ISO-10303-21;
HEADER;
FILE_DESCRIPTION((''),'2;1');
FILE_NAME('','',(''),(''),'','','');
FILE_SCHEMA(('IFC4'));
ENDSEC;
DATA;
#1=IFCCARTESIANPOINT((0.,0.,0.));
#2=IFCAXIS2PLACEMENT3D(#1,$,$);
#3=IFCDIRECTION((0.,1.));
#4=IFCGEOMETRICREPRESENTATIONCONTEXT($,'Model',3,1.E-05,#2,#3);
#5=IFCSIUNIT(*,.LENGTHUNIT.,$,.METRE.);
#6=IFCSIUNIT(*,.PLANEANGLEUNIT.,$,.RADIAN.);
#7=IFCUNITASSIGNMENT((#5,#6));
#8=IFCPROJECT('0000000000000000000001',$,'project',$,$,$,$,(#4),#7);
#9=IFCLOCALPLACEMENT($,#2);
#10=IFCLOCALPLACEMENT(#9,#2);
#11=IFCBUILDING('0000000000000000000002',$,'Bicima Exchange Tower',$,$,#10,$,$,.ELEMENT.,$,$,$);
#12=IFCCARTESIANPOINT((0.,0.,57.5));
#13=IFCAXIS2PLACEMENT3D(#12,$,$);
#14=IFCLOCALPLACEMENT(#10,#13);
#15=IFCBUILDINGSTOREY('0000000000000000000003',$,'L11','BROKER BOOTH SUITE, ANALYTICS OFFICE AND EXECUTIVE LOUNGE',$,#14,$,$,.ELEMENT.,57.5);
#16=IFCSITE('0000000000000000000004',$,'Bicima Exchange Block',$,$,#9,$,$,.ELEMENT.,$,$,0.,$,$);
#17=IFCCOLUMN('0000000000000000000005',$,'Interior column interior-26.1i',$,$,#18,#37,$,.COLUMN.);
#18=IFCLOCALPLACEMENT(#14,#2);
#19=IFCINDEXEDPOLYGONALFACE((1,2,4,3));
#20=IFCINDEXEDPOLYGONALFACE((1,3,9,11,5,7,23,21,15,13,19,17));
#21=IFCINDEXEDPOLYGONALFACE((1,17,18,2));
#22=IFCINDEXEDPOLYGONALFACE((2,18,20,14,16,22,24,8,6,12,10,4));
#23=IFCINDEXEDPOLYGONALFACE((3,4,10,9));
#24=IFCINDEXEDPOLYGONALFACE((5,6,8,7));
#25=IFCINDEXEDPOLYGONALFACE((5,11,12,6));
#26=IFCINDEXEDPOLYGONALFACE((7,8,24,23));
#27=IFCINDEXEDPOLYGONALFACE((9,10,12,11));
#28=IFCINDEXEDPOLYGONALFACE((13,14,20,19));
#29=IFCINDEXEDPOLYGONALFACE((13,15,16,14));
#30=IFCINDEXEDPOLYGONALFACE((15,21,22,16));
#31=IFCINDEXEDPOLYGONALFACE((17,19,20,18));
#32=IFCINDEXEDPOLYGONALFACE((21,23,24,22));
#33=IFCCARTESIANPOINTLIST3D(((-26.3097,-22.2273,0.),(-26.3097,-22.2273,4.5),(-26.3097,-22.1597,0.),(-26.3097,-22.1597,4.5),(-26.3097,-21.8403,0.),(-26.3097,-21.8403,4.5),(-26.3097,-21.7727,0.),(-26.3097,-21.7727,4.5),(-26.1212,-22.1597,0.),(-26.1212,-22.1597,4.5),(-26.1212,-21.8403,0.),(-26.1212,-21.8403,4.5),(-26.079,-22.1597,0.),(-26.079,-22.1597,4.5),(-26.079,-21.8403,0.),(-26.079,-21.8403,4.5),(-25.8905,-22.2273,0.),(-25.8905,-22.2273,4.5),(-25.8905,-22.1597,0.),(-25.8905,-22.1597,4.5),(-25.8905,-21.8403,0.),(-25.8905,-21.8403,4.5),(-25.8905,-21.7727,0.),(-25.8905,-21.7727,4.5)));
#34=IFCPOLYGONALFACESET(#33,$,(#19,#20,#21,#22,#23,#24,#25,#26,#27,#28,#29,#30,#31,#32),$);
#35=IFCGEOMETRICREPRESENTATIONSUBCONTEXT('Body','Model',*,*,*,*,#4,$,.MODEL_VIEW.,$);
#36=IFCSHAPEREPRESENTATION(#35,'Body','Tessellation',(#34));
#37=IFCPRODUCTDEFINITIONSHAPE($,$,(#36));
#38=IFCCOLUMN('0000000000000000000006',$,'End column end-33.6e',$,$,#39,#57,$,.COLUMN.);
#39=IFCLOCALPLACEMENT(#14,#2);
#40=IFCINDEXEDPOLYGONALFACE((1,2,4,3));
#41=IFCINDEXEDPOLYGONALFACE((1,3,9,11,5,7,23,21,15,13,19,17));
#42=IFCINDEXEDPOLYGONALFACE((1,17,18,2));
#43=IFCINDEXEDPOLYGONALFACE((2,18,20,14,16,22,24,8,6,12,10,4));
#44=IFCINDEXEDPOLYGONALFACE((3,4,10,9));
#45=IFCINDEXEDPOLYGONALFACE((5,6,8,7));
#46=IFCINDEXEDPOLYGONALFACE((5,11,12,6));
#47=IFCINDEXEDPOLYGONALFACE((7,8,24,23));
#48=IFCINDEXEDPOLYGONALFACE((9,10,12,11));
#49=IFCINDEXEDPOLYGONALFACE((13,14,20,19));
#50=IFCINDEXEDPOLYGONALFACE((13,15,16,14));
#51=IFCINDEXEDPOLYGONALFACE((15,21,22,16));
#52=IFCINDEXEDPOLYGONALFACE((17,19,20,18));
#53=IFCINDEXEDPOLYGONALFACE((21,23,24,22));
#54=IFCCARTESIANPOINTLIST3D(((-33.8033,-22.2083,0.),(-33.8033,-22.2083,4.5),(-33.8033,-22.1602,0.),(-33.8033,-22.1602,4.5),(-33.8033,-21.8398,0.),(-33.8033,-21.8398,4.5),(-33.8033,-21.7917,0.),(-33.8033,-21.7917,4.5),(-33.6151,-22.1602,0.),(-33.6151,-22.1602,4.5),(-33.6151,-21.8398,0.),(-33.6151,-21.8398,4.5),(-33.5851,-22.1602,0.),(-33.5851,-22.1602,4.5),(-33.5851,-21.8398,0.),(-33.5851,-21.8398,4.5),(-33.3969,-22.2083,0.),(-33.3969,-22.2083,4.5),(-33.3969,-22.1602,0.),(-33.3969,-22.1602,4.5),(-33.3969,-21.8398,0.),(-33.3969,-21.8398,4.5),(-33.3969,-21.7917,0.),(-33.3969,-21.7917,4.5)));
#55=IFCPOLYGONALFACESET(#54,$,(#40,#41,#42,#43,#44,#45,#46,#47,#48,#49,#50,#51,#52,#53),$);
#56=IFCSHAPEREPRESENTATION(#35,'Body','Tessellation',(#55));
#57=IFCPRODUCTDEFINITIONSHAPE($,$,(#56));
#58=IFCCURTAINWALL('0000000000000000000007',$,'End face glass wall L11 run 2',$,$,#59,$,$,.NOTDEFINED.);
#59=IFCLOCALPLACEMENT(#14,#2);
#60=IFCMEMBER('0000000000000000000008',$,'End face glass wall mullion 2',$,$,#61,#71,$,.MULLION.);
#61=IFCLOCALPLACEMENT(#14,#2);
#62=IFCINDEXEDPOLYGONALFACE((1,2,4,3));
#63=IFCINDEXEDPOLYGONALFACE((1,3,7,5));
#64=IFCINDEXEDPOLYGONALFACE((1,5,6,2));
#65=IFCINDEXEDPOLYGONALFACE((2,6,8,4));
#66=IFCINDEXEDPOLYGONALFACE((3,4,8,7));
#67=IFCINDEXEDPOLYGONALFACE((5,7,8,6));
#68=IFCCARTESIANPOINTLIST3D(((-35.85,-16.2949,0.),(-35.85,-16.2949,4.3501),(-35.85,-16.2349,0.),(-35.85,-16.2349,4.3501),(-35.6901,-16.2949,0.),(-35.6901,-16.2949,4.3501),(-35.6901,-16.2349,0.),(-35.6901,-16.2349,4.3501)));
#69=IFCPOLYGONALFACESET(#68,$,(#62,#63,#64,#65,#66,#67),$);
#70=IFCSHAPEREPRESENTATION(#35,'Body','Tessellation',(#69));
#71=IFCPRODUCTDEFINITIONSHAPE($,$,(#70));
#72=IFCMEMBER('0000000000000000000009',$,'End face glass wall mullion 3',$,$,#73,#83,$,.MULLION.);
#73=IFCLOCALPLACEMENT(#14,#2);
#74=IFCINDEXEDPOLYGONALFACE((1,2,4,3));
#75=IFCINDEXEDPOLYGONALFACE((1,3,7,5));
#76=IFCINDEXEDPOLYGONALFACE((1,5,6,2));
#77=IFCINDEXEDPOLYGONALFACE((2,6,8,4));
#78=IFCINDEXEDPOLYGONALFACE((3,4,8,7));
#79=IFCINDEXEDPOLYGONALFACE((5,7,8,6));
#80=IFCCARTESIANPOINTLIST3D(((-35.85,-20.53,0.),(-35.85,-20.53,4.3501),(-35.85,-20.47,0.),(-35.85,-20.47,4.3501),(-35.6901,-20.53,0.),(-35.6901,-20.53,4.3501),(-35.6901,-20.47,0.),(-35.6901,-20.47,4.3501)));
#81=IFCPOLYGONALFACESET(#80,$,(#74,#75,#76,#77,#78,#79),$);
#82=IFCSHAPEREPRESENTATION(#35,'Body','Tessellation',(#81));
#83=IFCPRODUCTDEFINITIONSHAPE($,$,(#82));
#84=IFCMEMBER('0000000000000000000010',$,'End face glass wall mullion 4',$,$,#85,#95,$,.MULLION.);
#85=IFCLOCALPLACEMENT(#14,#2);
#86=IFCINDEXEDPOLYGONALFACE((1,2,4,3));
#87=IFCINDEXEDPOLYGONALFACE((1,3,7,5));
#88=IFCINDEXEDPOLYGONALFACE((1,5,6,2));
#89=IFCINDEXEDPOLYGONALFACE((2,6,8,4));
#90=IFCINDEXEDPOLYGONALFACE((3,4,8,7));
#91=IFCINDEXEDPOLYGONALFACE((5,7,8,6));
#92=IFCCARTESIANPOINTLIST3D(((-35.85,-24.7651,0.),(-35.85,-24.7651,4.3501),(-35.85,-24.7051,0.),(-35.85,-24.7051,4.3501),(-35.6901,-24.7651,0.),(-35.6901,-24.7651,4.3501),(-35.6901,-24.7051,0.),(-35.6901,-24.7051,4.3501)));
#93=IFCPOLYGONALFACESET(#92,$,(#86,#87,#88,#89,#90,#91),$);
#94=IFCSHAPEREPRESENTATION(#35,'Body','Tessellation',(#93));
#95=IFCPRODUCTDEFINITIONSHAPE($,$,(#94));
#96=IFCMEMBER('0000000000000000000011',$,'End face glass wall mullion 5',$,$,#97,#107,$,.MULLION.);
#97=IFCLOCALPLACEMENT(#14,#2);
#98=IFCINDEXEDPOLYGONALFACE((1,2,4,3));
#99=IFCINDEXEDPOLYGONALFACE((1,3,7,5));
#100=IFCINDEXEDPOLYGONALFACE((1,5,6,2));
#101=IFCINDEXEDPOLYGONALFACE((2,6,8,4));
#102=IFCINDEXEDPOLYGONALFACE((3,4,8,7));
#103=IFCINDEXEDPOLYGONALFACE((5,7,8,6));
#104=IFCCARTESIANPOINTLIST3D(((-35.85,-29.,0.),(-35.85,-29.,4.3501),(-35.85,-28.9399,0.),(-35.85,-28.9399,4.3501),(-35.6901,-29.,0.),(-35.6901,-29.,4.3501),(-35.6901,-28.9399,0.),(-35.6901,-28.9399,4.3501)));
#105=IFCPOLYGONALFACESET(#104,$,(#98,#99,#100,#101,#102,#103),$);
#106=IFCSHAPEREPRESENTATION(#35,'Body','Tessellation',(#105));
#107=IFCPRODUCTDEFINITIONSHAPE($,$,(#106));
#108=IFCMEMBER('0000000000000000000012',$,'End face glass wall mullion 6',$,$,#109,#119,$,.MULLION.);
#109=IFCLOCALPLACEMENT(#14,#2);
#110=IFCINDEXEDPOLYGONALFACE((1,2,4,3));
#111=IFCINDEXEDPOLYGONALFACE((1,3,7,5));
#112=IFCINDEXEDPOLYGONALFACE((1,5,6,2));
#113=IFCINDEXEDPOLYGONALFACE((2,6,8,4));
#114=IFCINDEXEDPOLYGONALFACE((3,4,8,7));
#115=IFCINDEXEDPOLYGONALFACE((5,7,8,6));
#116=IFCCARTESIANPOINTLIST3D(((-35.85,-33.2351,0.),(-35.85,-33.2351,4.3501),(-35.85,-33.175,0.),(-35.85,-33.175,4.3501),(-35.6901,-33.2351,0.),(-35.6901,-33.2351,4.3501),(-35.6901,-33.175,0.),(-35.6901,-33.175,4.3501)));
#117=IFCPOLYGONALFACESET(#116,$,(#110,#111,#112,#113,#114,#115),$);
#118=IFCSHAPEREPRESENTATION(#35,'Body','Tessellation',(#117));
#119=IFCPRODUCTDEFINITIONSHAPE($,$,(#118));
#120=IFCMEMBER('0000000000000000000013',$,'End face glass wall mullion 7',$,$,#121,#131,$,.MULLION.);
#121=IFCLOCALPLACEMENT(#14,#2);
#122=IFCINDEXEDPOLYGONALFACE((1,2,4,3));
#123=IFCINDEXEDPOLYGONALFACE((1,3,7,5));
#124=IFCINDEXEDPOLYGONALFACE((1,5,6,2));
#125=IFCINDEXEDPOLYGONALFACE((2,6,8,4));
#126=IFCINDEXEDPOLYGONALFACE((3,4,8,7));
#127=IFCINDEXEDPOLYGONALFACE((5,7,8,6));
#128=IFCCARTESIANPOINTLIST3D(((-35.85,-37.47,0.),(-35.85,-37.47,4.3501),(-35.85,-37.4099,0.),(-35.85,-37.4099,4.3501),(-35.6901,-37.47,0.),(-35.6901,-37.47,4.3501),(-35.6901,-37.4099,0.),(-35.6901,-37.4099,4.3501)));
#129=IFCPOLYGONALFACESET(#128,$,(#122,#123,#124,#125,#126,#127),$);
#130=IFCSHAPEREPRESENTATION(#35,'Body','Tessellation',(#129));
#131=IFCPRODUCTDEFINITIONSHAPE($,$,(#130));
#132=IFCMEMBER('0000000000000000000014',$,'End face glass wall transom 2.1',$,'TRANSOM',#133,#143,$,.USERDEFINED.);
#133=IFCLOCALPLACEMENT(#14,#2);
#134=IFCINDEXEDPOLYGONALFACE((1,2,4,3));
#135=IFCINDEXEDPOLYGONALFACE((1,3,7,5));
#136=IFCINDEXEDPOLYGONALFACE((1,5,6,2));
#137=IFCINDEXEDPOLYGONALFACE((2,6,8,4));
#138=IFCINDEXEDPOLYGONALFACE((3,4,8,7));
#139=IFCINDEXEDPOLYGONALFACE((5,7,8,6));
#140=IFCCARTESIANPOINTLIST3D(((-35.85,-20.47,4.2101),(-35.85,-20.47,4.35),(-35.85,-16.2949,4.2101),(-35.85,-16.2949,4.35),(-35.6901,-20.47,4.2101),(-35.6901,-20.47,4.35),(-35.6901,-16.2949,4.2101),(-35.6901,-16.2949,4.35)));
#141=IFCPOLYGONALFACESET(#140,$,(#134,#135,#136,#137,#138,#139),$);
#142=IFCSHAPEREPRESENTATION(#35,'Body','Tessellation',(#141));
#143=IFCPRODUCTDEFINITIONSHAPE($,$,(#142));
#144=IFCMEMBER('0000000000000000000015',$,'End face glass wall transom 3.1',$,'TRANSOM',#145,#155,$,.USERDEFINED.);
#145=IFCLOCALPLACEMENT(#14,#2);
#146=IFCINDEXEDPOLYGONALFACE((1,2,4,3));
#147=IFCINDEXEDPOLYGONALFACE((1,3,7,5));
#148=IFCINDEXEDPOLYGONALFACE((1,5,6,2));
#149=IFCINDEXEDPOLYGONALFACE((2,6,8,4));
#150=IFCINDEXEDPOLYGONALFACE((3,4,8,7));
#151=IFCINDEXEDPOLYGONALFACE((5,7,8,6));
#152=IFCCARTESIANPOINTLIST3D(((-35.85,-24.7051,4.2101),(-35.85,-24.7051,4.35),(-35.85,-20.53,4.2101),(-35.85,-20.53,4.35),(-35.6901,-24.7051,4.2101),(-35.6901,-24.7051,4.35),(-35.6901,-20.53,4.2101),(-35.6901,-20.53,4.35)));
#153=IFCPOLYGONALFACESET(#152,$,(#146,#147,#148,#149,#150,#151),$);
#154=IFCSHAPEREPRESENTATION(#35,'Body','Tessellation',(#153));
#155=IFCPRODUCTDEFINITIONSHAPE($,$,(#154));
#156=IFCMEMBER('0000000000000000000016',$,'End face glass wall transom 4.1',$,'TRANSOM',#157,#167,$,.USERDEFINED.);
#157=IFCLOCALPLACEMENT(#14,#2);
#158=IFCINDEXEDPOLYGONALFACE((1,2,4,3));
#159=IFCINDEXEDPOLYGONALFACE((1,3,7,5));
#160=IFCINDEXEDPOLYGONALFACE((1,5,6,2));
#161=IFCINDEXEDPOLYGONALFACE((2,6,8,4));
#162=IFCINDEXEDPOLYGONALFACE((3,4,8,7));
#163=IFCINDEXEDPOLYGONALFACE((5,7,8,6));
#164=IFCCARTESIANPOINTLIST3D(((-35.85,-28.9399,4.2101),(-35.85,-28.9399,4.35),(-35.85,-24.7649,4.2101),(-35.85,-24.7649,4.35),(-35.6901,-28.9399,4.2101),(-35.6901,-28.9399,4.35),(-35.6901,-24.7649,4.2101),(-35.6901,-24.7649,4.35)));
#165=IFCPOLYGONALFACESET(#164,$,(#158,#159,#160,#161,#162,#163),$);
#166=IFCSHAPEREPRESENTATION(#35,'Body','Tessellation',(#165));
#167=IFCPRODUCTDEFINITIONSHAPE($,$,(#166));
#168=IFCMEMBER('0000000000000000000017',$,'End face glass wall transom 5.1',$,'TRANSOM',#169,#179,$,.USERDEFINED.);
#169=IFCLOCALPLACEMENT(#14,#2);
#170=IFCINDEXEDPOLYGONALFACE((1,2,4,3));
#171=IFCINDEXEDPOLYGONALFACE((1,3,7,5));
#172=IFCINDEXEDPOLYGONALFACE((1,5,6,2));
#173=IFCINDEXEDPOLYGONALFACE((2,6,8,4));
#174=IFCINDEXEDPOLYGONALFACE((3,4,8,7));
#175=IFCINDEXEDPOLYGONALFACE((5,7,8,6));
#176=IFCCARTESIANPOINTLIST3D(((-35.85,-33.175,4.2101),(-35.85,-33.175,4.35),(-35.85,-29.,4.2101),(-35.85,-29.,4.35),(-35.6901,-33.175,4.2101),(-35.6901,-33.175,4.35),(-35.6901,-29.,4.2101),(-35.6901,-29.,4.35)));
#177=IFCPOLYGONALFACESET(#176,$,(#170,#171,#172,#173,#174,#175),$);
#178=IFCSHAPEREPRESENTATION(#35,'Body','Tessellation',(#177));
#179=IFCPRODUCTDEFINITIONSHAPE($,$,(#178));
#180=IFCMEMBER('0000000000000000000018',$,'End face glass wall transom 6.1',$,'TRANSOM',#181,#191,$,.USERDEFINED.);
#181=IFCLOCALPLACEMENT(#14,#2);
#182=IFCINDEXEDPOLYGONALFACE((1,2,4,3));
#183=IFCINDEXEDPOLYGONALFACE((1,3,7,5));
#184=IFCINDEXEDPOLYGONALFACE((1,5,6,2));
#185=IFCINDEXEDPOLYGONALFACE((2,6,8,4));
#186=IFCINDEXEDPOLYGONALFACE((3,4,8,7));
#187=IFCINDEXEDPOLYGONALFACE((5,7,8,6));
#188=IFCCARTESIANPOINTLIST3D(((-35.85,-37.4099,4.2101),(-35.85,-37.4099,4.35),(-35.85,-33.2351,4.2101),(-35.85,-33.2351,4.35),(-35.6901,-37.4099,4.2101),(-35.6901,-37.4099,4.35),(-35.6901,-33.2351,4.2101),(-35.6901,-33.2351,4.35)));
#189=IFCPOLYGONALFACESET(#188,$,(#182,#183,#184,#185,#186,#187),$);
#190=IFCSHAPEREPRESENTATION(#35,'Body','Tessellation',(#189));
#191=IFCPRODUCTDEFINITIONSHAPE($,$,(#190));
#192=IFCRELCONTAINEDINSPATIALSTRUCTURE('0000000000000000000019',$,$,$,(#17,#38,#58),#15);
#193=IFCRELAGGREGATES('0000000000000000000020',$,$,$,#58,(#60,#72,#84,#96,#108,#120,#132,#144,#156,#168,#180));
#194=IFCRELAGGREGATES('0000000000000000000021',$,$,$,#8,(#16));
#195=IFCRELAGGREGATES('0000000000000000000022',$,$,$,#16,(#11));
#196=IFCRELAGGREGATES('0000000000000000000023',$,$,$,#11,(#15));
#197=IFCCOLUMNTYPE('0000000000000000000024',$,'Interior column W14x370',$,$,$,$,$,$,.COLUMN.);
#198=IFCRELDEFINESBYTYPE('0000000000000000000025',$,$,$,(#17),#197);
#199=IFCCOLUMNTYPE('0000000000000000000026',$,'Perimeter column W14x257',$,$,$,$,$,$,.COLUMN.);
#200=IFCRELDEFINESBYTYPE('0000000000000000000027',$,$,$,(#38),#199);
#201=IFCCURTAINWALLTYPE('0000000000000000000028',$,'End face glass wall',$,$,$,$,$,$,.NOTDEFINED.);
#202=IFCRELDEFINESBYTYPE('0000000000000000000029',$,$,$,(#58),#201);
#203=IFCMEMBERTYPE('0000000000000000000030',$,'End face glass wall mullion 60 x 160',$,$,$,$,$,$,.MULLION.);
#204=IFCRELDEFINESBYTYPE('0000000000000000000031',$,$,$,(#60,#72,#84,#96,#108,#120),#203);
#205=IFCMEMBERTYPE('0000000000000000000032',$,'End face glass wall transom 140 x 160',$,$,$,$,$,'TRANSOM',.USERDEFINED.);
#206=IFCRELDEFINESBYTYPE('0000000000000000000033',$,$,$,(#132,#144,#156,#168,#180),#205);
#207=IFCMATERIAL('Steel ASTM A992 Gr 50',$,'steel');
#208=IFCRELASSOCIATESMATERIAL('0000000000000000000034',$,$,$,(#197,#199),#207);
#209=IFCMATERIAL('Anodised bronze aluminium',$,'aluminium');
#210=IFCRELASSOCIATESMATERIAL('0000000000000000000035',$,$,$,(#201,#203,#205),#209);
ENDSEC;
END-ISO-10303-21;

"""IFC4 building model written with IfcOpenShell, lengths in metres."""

from ifc_helpers import new_model, si_unit, direction, frame, origin, origin_2d, place, context, subcontext, project, spatial, rectangle, i_section, extrude, material, material_profile, profile_set, type_object, element, aggregate, save


model = new_model("IFC4")

# Units and contexts
model_context = context("Model", 3, precision=1e-05, world=origin(), true_north=direction((0.0, 1.0)))
body_context = subcontext(model_context, "Body", "Model", "MODEL_VIEW")
ifc_project = project(units=[si_unit("LENGTHUNIT", "METRE"), si_unit("PLANEANGLEUNIT", "RADIAN")], contexts=[model_context])

# Site, building, storey
site_placement = place(None, origin())
site = spatial("IfcSite", under=ifc_project, at=site_placement, Name="Bicima Exchange Block", CompositionType="ELEMENT", RefElevation=0.0)
building_placement = place(site_placement, origin())
building = spatial("IfcBuilding", under=site, at=building_placement, Name="Bicima Exchange Tower", CompositionType="ELEMENT")
storey_placement = place(building_placement, frame((0.0, 0.0, 57.5)))
storey = spatial("IfcBuildingStorey", under=building, at=storey_placement, Name="L11", Description="BROKER BOOTH SUITE, ANALYTICS OFFICE AND EXECUTIVE LOUNGE", CompositionType="ELEMENT", Elevation=57.5)

# Columns
ifc_material_1 = material(Name="Steel ASTM A992 Gr 50", Category="steel")
ifc_material_profile_1 = material_profile(ifc_material_1, i_section(OverallWidth=0.4192, OverallDepth=0.4546, WebThickness=0.0422, FlangeThickness=0.0676, at=origin_2d()))
ifc_profile_set_1 = profile_set([ifc_material_profile_1], Name="Steel ASTM A992 Gr 50")
column_type_1 = type_object("IfcColumnType", Name="Interior column W14x370", PredefinedType="COLUMN", material=ifc_profile_set_1)
column_1_placement = place(storey_placement, frame((-26.1001, -22.0, 0.0), z_axis=(0.0, 0.0, 1.0), x_axis=(1.0, 0.0, 0.0)))
element("IfcColumn", 1, at=column_1_placement, inside=storey, type_object=column_type_1, Name="Interior column interior-26.1i", PredefinedType="COLUMN", context=body_context, shape_type="SweptSolid", body=[
    extrude(i_section(OverallWidth=0.4192, OverallDepth=0.4546, WebThickness=0.0422, FlangeThickness=0.0676, at=origin_2d()), origin(), (0.0, 0.0, 1.0), 4.5),
])
ifc_material_profile_2 = material_profile(ifc_material_1, i_section(OverallWidth=0.4065, OverallDepth=0.4165, WebThickness=0.03, FlangeThickness=0.0481, at=origin_2d()))
ifc_profile_set_2 = profile_set([ifc_material_profile_2], Name="Steel ASTM A992 Gr 50")
column_type_2 = type_object("IfcColumnType", Name="Perimeter column W14x257", PredefinedType="COLUMN", material=ifc_profile_set_2)
column_2_placement = place(storey_placement, frame((-33.6001, -22.0, 0.0), z_axis=(0.0, 0.0, 1.0), x_axis=(1.0, 0.0, 0.0)))
element("IfcColumn", 2, at=column_2_placement, inside=storey, type_object=column_type_2, Name="End column end-33.6e", PredefinedType="COLUMN", context=body_context, shape_type="SweptSolid", body=[
    extrude(i_section(OverallWidth=0.4065, OverallDepth=0.4165, WebThickness=0.03, FlangeThickness=0.0481, at=origin_2d()), origin(), (0.0, 0.0, 1.0), 4.5),
])

# Curtain wall, members
ifc_material_2 = material(Name="Anodised bronze aluminium", Category="aluminium")
curtain_wall_type = type_object("IfcCurtainWallType", Name="End face glass wall", PredefinedType="NOTDEFINED", material=ifc_material_2)
curtain_wall_placement = place(storey_placement, origin())
curtain_wall = element("IfcCurtainWall", 3, at=curtain_wall_placement, inside=storey, type_object=curtain_wall_type, Name="End face glass wall L11 run 2", PredefinedType="NOTDEFINED")
ifc_material_profile_3 = material_profile(ifc_material_2, rectangle(XDim=0.1599, YDim=0.0601, at=origin_2d()))
ifc_profile_set_3 = profile_set([ifc_material_profile_3], Name="Anodised bronze aluminium")
member_type_1 = type_object("IfcMemberType", Name="End face glass wall mullion 60 x 160", PredefinedType="MULLION", material=ifc_profile_set_3)
member_1_placement = place(storey_placement, frame((-35.77, -16.2649, 0.0), z_axis=(0.0, 0.0, 1.0), x_axis=(1.0, 0.0, 0.0)))
member_1 = element("IfcMember", 4, at=member_1_placement, type_object=member_type_1, Name="End face glass wall mullion 2", PredefinedType="MULLION", context=body_context, shape_type="SweptSolid", body=[
    extrude(rectangle(XDim=0.1599, YDim=0.0601, at=origin_2d()), origin(), (0.0, 0.0, 1.0), 4.3501),
])
member_2_placement = place(storey_placement, frame((-35.77, -20.5, 0.0), z_axis=(0.0, 0.0, 1.0), x_axis=(1.0, 0.0, 0.0)))
member_2 = element("IfcMember", 5, at=member_2_placement, type_object=member_type_1, Name="End face glass wall mullion 3", PredefinedType="MULLION", context=body_context, shape_type="SweptSolid", body=[
    extrude(rectangle(XDim=0.1599, YDim=0.0601, at=origin_2d()), origin(), (0.0, 0.0, 1.0), 4.3501),
])
member_3_placement = place(storey_placement, frame((-35.77, -24.7351, 0.0), z_axis=(0.0, 0.0, 1.0), x_axis=(1.0, 0.0, 0.0)))
member_3 = element("IfcMember", 6, at=member_3_placement, type_object=member_type_1, Name="End face glass wall mullion 4", PredefinedType="MULLION", context=body_context, shape_type="SweptSolid", body=[
    extrude(rectangle(XDim=0.1599, YDim=0.0601, at=origin_2d()), origin(), (0.0, 0.0, 1.0), 4.3501),
])
member_4_placement = place(storey_placement, frame((-35.77, -28.97, 0.0), z_axis=(0.0, 0.0, 1.0), x_axis=(1.0, 0.0, 0.0)))
member_4 = element("IfcMember", 7, at=member_4_placement, type_object=member_type_1, Name="End face glass wall mullion 5", PredefinedType="MULLION", context=body_context, shape_type="SweptSolid", body=[
    extrude(rectangle(XDim=0.1599, YDim=0.0601, at=origin_2d()), origin(), (0.0, 0.0, 1.0), 4.3501),
])
member_5_placement = place(storey_placement, frame((-35.77, -33.2051, 0.0), z_axis=(0.0, 0.0, 1.0), x_axis=(1.0, 0.0, 0.0)))
member_5 = element("IfcMember", 8, at=member_5_placement, type_object=member_type_1, Name="End face glass wall mullion 6", PredefinedType="MULLION", context=body_context, shape_type="SweptSolid", body=[
    extrude(rectangle(XDim=0.1599, YDim=0.0601, at=origin_2d()), origin(), (0.0, 0.0, 1.0), 4.3501),
])
member_6_placement = place(storey_placement, frame((-35.77, -37.4399, 0.0), z_axis=(0.0, 0.0, 1.0), x_axis=(1.0, 0.0, 0.0)))
member_6 = element("IfcMember", 9, at=member_6_placement, type_object=member_type_1, Name="End face glass wall mullion 7", PredefinedType="MULLION", context=body_context, shape_type="SweptSolid", body=[
    extrude(rectangle(XDim=0.1599, YDim=0.0601, at=origin_2d()), origin(), (0.0, 0.0, 1.0), 4.3501),
])
ifc_material_profile_4 = material_profile(ifc_material_2, rectangle(XDim=0.1599, YDim=0.1399, at=origin_2d()))
ifc_profile_set_4 = profile_set([ifc_material_profile_4], Name="Anodised bronze aluminium")
member_type_2 = type_object("IfcMemberType", Name="End face glass wall transom 140 x 160", ElementType="TRANSOM", PredefinedType="USERDEFINED", material=ifc_profile_set_4)
member_7_placement = place(storey_placement, frame((-35.77, -16.2949, 4.28), z_axis=(0.0, -1.0, 0.0), x_axis=(1.0, 0.0, 0.0)))
member_7 = element("IfcMember", 10, at=member_7_placement, type_object=member_type_2, Name="End face glass wall transom 2.1", ObjectType="TRANSOM", PredefinedType="USERDEFINED", context=body_context, shape_type="SweptSolid", body=[
    extrude(rectangle(XDim=0.1599, YDim=0.1399, at=origin_2d()), origin(), (0.0, 0.0, 1.0), 4.175),
])
member_8_placement = place(storey_placement, frame((-35.77, -20.53, 4.28), z_axis=(0.0, -1.0, 0.0), x_axis=(1.0, 0.0, 0.0)))
member_8 = element("IfcMember", 11, at=member_8_placement, type_object=member_type_2, Name="End face glass wall transom 3.1", ObjectType="TRANSOM", PredefinedType="USERDEFINED", context=body_context, shape_type="SweptSolid", body=[
    extrude(rectangle(XDim=0.1599, YDim=0.1399, at=origin_2d()), origin(), (0.0, 0.0, 1.0), 4.175),
])
member_9_placement = place(storey_placement, frame((-35.77, -24.7649, 4.28), z_axis=(0.0, -1.0, 0.0), x_axis=(1.0, 0.0, 0.0)))
member_9 = element("IfcMember", 12, at=member_9_placement, type_object=member_type_2, Name="End face glass wall transom 4.1", ObjectType="TRANSOM", PredefinedType="USERDEFINED", context=body_context, shape_type="SweptSolid", body=[
    extrude(rectangle(XDim=0.1599, YDim=0.1399, at=origin_2d()), origin(), (0.0, 0.0, 1.0), 4.175),
])
member_10_placement = place(storey_placement, frame((-35.77, -29.0, 4.28), z_axis=(0.0, -1.0, 0.0), x_axis=(1.0, 0.0, 0.0)))
member_10 = element("IfcMember", 13, at=member_10_placement, type_object=member_type_2, Name="End face glass wall transom 5.1", ObjectType="TRANSOM", PredefinedType="USERDEFINED", context=body_context, shape_type="SweptSolid", body=[
    extrude(rectangle(XDim=0.1599, YDim=0.1399, at=origin_2d()), origin(), (0.0, 0.0, 1.0), 4.175),
])
member_11_placement = place(storey_placement, frame((-35.77, -33.2351, 4.28), z_axis=(0.0, -1.0, 0.0), x_axis=(1.0, 0.0, 0.0)))
member_11 = element("IfcMember", 14, at=member_11_placement, type_object=member_type_2, Name="End face glass wall transom 6.1", ObjectType="TRANSOM", PredefinedType="USERDEFINED", context=body_context, shape_type="SweptSolid", body=[
    extrude(rectangle(XDim=0.1599, YDim=0.1399, at=origin_2d()), origin(), (0.0, 0.0, 1.0), 4.1748),
])

aggregate(curtain_wall, [member_1, member_2, member_3, member_4, member_5, member_6, member_7, member_8, member_9, member_10, member_11])

save(model, "model.ifc")
